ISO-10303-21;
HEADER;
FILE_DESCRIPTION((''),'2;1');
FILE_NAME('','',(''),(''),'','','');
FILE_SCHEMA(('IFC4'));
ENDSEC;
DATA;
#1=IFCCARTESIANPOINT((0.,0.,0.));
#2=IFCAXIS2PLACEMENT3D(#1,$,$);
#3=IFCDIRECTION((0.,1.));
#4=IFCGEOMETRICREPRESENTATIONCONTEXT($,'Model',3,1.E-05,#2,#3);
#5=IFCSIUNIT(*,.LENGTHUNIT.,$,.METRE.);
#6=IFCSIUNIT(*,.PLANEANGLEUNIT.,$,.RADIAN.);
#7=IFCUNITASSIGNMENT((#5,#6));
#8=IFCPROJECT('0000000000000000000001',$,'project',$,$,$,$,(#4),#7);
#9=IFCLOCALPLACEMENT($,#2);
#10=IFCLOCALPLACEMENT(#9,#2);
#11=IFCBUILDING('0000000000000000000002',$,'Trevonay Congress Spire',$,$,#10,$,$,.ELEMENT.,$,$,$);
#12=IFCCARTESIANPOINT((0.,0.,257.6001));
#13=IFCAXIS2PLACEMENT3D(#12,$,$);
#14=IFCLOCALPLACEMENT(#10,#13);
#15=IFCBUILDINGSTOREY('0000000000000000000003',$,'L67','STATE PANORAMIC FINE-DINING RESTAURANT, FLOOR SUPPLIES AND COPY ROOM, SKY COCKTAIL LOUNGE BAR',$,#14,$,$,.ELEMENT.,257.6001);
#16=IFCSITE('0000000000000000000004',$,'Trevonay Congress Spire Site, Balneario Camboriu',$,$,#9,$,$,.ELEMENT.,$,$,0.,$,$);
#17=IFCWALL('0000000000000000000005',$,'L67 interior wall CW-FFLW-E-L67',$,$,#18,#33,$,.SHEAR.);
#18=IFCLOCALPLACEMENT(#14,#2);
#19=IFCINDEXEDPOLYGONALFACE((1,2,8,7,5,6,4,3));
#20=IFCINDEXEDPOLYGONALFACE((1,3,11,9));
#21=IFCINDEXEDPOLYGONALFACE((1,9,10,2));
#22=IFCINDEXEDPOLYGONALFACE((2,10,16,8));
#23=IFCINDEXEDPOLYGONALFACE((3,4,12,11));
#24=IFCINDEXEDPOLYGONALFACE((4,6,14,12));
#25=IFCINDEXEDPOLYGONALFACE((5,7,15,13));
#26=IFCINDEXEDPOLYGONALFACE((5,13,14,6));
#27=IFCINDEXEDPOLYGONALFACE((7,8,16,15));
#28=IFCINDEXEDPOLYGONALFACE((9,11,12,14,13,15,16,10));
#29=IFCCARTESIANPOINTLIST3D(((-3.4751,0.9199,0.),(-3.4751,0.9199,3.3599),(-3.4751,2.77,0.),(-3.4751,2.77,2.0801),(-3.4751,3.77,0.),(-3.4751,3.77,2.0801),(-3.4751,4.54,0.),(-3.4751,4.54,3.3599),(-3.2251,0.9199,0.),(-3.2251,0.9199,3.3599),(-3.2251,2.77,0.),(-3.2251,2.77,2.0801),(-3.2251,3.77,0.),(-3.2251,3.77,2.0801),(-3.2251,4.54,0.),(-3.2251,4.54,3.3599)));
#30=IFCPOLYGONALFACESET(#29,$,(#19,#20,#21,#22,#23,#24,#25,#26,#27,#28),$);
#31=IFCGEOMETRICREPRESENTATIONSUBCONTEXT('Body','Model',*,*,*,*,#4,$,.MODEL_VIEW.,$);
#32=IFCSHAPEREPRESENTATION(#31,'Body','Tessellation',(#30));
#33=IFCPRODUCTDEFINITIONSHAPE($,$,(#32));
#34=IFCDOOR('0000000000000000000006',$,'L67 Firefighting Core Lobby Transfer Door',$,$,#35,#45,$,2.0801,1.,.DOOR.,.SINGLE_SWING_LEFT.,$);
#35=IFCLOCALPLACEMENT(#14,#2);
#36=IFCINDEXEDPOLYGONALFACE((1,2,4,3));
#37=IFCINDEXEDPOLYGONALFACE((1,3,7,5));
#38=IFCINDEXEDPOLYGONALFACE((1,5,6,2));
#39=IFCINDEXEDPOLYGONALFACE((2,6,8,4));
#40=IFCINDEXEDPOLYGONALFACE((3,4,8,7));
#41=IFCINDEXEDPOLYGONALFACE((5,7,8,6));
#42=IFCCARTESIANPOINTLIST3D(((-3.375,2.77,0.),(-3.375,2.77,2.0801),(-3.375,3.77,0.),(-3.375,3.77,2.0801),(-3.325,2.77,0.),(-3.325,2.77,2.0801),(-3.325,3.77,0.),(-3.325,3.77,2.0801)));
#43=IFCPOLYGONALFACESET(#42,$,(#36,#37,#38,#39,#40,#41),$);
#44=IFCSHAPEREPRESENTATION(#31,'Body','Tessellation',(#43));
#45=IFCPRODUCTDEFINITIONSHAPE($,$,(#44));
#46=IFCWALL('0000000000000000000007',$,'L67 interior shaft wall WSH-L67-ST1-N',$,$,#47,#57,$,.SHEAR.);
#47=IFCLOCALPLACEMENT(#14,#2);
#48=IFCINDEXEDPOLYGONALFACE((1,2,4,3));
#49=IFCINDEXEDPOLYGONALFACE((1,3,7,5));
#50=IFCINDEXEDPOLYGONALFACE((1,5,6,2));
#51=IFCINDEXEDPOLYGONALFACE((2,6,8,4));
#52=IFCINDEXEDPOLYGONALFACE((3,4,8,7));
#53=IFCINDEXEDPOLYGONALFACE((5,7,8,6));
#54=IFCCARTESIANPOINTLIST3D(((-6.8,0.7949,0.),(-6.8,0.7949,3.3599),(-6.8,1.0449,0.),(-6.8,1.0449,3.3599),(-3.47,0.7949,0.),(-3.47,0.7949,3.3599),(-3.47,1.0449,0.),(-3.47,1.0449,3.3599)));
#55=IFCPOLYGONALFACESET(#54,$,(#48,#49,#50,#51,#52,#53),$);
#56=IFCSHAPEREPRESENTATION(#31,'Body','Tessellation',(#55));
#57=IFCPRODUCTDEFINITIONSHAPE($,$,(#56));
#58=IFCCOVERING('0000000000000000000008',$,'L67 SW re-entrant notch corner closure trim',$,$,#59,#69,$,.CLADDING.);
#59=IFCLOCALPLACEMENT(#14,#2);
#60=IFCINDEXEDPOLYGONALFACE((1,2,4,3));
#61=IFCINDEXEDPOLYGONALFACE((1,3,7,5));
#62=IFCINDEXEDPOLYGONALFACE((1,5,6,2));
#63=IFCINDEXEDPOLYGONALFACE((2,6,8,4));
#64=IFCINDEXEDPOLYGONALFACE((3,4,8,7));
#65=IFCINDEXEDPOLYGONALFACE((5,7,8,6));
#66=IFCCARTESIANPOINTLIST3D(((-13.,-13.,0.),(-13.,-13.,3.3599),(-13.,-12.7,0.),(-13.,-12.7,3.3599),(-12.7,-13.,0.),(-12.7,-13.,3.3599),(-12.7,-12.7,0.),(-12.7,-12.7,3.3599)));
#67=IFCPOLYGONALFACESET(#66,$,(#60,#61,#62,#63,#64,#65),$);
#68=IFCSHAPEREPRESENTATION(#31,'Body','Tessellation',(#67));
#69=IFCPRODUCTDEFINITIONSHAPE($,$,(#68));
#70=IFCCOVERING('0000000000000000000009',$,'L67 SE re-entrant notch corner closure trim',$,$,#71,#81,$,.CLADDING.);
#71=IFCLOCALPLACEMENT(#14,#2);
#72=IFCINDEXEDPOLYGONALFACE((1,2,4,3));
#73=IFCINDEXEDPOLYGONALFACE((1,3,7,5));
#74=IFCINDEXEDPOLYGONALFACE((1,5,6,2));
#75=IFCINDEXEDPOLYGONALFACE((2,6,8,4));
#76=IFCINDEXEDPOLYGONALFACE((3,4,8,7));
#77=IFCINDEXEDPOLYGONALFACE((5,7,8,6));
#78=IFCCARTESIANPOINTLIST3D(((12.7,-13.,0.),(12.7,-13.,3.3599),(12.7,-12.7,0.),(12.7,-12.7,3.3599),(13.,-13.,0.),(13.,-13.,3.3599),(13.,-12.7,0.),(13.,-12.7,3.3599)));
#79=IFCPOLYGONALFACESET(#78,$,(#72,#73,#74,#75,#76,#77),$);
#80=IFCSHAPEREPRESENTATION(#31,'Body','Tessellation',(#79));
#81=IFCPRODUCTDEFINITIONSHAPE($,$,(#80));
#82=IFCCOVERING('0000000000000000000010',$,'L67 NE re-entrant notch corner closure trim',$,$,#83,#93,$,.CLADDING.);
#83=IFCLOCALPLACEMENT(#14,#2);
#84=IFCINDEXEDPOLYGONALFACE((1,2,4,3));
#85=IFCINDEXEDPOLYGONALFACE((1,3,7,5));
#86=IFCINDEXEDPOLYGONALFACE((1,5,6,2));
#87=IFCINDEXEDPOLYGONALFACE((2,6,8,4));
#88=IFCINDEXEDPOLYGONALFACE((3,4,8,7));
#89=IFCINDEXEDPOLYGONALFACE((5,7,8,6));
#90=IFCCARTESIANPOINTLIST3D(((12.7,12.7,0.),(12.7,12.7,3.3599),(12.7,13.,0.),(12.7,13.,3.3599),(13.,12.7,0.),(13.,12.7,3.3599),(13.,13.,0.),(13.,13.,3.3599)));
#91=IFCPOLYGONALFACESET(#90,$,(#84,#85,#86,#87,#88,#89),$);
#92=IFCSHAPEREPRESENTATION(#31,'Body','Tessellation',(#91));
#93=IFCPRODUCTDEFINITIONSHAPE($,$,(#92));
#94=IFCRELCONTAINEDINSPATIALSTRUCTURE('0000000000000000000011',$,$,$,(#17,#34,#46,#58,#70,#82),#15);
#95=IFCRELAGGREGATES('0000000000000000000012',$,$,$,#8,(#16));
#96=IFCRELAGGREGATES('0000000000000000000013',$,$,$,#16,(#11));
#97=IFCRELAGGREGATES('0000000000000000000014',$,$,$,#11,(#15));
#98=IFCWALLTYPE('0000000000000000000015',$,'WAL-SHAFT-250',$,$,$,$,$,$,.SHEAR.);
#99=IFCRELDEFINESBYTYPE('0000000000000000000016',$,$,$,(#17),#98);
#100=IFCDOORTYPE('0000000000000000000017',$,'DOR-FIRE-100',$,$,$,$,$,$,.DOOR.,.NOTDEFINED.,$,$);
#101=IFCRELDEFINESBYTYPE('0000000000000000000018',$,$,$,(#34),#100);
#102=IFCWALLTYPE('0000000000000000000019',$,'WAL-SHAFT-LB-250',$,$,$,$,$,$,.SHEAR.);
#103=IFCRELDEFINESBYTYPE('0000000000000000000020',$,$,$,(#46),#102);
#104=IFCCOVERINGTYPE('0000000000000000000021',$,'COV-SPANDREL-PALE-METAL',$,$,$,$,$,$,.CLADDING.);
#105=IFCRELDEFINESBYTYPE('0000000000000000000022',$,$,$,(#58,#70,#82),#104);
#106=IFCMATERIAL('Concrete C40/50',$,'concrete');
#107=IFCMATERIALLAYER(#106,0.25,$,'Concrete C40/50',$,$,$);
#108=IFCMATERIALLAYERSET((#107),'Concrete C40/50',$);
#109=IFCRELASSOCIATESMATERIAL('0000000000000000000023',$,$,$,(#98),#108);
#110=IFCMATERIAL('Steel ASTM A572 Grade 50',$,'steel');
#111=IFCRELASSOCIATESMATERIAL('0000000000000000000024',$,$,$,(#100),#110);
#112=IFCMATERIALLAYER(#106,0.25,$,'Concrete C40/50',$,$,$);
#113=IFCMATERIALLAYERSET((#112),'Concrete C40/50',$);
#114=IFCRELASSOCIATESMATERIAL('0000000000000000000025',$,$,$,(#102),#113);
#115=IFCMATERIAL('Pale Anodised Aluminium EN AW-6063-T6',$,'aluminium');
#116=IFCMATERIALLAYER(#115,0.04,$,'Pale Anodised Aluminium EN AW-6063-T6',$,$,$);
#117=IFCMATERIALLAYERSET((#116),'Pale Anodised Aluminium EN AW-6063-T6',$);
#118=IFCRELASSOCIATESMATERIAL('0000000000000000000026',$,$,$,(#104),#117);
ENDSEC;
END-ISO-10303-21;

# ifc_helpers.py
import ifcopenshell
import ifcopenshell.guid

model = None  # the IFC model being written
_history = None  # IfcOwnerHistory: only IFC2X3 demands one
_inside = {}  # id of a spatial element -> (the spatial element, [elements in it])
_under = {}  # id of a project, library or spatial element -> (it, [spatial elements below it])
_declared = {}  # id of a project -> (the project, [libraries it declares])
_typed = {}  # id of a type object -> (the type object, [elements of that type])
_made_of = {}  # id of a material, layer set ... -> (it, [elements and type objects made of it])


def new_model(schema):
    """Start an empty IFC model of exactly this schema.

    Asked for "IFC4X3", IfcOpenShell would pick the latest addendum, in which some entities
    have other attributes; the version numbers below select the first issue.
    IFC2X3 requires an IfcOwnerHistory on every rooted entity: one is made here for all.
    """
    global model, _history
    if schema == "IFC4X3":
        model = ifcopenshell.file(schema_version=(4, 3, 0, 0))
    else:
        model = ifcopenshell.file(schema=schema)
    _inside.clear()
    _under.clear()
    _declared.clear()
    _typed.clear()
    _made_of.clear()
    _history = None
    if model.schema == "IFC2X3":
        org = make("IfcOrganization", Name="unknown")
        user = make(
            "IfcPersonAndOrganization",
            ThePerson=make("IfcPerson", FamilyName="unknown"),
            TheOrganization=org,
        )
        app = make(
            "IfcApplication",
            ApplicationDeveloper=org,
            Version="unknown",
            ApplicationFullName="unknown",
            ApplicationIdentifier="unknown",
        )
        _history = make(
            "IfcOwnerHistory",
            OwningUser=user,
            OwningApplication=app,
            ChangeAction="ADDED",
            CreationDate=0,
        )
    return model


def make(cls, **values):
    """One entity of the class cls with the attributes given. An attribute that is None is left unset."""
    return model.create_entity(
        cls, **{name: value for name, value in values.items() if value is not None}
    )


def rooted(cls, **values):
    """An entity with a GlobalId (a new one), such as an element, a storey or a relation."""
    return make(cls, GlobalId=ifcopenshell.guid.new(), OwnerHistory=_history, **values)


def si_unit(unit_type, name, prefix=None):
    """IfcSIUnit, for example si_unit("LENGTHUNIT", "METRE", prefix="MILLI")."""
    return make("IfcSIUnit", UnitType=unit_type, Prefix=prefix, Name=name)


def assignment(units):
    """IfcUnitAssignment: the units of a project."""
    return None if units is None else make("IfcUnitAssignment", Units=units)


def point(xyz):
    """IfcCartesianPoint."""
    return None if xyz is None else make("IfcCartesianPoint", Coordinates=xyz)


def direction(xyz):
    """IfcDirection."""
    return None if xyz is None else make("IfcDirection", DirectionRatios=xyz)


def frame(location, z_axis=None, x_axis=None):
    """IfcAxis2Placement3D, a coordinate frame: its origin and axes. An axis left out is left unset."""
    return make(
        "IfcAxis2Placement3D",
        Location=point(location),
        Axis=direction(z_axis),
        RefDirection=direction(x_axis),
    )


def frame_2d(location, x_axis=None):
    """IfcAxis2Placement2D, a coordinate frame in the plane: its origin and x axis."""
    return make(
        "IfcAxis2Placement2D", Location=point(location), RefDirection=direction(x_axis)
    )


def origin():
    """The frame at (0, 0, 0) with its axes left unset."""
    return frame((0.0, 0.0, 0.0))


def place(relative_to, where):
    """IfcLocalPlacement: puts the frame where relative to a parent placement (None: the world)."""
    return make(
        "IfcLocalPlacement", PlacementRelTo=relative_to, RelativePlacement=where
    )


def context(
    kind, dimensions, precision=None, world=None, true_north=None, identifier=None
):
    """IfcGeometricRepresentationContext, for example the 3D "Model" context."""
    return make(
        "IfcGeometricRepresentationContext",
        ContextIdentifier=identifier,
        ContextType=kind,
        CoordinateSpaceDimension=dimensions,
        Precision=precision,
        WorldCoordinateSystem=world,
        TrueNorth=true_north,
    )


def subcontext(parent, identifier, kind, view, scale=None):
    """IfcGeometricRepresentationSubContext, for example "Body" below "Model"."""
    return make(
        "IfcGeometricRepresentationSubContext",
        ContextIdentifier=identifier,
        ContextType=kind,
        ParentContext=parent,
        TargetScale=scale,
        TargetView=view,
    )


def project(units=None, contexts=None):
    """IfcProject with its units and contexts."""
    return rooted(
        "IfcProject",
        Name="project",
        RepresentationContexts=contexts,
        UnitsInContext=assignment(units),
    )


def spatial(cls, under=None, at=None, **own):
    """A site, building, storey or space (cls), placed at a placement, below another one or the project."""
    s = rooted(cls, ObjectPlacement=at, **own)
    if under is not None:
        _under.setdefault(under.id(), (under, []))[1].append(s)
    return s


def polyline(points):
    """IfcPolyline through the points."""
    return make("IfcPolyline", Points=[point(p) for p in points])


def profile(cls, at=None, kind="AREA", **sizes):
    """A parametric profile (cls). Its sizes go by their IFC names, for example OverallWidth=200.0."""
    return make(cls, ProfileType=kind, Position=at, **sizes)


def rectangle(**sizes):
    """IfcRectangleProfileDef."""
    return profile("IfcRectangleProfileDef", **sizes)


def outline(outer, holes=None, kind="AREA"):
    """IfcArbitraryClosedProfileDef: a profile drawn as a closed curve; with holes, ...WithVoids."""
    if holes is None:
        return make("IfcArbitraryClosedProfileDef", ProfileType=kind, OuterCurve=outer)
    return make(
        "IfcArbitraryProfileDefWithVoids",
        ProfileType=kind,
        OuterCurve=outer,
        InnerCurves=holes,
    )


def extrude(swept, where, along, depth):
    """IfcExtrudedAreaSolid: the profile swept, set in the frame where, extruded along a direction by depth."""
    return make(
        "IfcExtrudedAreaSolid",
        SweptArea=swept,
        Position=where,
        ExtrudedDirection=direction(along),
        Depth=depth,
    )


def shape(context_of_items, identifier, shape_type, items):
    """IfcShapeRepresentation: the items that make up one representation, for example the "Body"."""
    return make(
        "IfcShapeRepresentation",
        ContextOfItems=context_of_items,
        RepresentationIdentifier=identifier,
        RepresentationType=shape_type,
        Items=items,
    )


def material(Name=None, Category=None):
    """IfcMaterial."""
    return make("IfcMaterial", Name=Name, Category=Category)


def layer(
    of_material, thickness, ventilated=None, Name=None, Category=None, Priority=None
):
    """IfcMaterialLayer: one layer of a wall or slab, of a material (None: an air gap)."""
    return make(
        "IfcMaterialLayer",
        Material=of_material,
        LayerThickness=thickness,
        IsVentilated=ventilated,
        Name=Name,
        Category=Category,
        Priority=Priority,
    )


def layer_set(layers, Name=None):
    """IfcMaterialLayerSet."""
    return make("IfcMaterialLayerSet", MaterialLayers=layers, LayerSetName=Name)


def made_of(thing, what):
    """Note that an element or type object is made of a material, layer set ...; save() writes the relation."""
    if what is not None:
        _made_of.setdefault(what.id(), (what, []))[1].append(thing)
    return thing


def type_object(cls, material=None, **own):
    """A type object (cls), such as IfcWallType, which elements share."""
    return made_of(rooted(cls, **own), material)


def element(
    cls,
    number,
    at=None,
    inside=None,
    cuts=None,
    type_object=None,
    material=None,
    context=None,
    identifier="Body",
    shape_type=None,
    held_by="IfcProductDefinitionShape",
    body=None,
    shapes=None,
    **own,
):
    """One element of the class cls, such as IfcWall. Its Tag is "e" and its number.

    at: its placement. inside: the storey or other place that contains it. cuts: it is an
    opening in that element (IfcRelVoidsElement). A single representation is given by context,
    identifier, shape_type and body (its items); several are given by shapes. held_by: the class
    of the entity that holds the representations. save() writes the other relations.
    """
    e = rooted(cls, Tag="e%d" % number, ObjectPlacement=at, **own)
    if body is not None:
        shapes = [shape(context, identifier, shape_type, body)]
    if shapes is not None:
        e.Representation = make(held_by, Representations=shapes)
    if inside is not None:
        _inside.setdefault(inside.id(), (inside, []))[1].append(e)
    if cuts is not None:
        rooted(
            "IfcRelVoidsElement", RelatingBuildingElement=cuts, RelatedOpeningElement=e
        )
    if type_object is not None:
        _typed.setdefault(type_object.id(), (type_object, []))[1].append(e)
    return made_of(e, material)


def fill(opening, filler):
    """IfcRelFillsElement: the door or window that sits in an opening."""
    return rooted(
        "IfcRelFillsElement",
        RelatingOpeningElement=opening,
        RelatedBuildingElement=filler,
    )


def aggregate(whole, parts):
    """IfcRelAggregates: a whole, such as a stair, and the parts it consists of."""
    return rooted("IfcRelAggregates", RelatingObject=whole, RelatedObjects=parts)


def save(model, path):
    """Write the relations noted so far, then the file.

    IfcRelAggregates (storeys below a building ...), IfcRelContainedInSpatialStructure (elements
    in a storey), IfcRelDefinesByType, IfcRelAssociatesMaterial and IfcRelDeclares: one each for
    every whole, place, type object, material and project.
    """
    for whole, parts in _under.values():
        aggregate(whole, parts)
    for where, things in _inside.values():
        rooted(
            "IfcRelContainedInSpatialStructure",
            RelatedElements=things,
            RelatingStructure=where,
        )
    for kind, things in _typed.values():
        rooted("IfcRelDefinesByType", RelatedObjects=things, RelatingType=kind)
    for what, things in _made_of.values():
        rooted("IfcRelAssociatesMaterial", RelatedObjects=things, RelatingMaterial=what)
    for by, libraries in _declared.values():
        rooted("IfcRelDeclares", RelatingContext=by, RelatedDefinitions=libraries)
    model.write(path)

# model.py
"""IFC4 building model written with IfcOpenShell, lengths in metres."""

from ifc_helpers import new_model, si_unit, direction, frame, frame_2d, origin, place, context, subcontext, project, spatial, polyline, rectangle, outline, extrude, material, layer, layer_set, type_object, element, fill, save


model = new_model("IFC4")

# Units and contexts
model_context = context("Model", 3, precision=1e-05, world=origin(), true_north=direction((0.0, 1.0)))
body_context = subcontext(model_context, "Body", "Model", "MODEL_VIEW")
ifc_project = project(units=[si_unit("LENGTHUNIT", "METRE"), si_unit("PLANEANGLEUNIT", "RADIAN")], contexts=[model_context])

# Site, building, storey
site_placement = place(None, origin())
site = spatial("IfcSite", under=ifc_project, at=site_placement, Name="Trevonay Congress Spire Site, Balneario Camboriu", CompositionType="ELEMENT", RefElevation=0.0)
building_placement = place(site_placement, origin())
building = spatial("IfcBuilding", under=site, at=building_placement, Name="Trevonay Congress Spire", CompositionType="ELEMENT")
storey_placement = place(building_placement, frame((0.0, 0.0, 257.6001)))
storey = spatial("IfcBuildingStorey", under=building, at=storey_placement, Name="L67", Description="STATE PANORAMIC FINE-DINING RESTAURANT, FLOOR SUPPLIES AND COPY ROOM, SKY COCKTAIL LOUNGE BAR", CompositionType="ELEMENT", Elevation=257.6001)

# Shared definitions
ifc_material_1 = material(Name="Steel ASTM A572 Grade 50", Category="steel")

# Shared definitions
ifc_material_2 = material(Name="Concrete C40/50", Category="concrete")

# Shared definitions
ifc_layer_1 = layer(ifc_material_2, 0.25, Name="Concrete C40/50")
ifc_layer_set_1 = layer_set([ifc_layer_1], Name="Concrete C40/50")
wall_type_1 = type_object("IfcWallType", Name="WAL-SHAFT-250", PredefinedType="SHEAR", material=ifc_layer_set_1)
ifc_material_3 = material(Name="Pale Anodised Aluminium EN AW-6063-T6", Category="aluminium")

# Wall, opening, door
wall_1_placement = place(storey_placement, frame((-3.3501, 0.9199, 0.0), z_axis=(0.0, 0.0, 1.0), x_axis=(0.0, 1.0, 0.0)))
wall_1 = element("IfcWall", 1, at=wall_1_placement, inside=storey, type_object=wall_type_1, Name="L67 interior wall CW-FFLW-E-L67", PredefinedType="SHEAR", context=body_context, shape_type="SweptSolid", body=[
    extrude(rectangle(XDim=3.6201, YDim=0.25, at=frame_2d((1.8101, 0.0))), origin(), (0.0, 0.0, 1.0), 3.3599),
])
opening_1_placement = place(wall_1_placement, frame((1.8501, 0.0, 0.0)))
opening_1 = element("IfcOpeningElement", 2, at=opening_1_placement, cuts=wall_1, PredefinedType="OPENING", context=body_context, shape_type="SweptSolid", body=[
    extrude(rectangle(XDim=1.0, YDim=2.0801, at=frame_2d((0.5, 1.04))), frame((0.0, 0.135, 0.0), z_axis=(0.0, -1.0, 0.0), x_axis=(1.0, 0.0, 0.0)), (0.0, 0.0, 1.0), 0.27),
])
door_type_1 = type_object("IfcDoorType", Name="DOR-FIRE-100", OperationType="NOTDEFINED", PredefinedType="DOOR", material=ifc_material_1)
door_1_placement = place(opening_1_placement, origin())
door_1 = element("IfcDoor", 3, at=door_1_placement, inside=storey, type_object=door_type_1, Name="L67 Firefighting Core Lobby Transfer Door", OperationType="SINGLE_SWING_LEFT", OverallHeight=2.0801, OverallWidth=1.0, PredefinedType="DOOR", context=body_context, shape_type="SweptSolid", body=[
    extrude(rectangle(XDim=1.0, YDim=2.0801, at=frame_2d((0.5, 1.04))), frame((0.0, 0.0249, 0.0), z_axis=(0.0, -1.0, 0.0), x_axis=(1.0, 0.0, 0.0)), (0.0, 0.0, 1.0), 0.05),
])
fill(opening_1, door_1)

# Wall
ifc_layer_2 = layer(ifc_material_2, 0.25, Name="Concrete C40/50")
ifc_layer_set_2 = layer_set([ifc_layer_2], Name="Concrete C40/50")
wall_type_2 = type_object("IfcWallType", Name="WAL-SHAFT-LB-250", PredefinedType="SHEAR", material=ifc_layer_set_2)
wall_2_placement = place(storey_placement, frame((-6.8, 0.9199, 0.0), z_axis=(0.0, 0.0, 1.0), x_axis=(1.0, 0.0, 0.0)))
element("IfcWall", 4, at=wall_2_placement, inside=storey, type_object=wall_type_2, Name="L67 interior shaft wall WSH-L67-ST1-N", PredefinedType="SHEAR", context=body_context, shape_type="SweptSolid", body=[
    extrude(rectangle(XDim=3.3301, YDim=0.25, at=frame_2d((1.665, 0.0))), origin(), (0.0, 0.0, 1.0), 3.3599),
])

# Coverings
ifc_layer_3 = layer(ifc_material_3, 0.04, Name="Pale Anodised Aluminium EN AW-6063-T6")
ifc_layer_set_3 = layer_set([ifc_layer_3], Name="Pale Anodised Aluminium EN AW-6063-T6")
covering_type = type_object("IfcCoveringType", Name="COV-SPANDREL-PALE-METAL", PredefinedType="CLADDING", material=ifc_layer_set_3)
covering_1_placement = place(storey_placement, origin())
element("IfcCovering", 5, at=covering_1_placement, inside=storey, type_object=covering_type, Name="L67 SW re-entrant notch corner closure trim", PredefinedType="CLADDING", context=body_context, shape_type="SweptSolid", body=[
    extrude(outline(polyline([(-13.0, -13.0), (-12.7, -13.0), (-12.7, -12.7), (-13.0, -12.7), (-13.0, -13.0)])), origin(), (0.0, 0.0, 1.0), 3.3599),
])
covering_2_placement = place(storey_placement, origin())
element("IfcCovering", 6, at=covering_2_placement, inside=storey, type_object=covering_type, Name="L67 SE re-entrant notch corner closure trim", PredefinedType="CLADDING", context=body_context, shape_type="SweptSolid", body=[
    extrude(outline(polyline([(12.7, -13.0), (13.0, -13.0), (13.0, -12.7), (12.7, -12.7), (12.7, -13.0)])), origin(), (0.0, 0.0, 1.0), 3.3599),
])
covering_3_placement = place(storey_placement, origin())
element("IfcCovering", 7, at=covering_3_placement, inside=storey, type_object=covering_type, Name="L67 NE re-entrant notch corner closure trim", PredefinedType="CLADDING", context=body_context, shape_type="SweptSolid", body=[
    extrude(outline(polyline([(12.7, 12.7), (13.0, 12.7), (13.0, 13.0), (12.7, 13.0), (12.7, 12.7)])), origin(), (0.0, 0.0, 1.0), 3.3599),
])

save(model, "model.ifc")
